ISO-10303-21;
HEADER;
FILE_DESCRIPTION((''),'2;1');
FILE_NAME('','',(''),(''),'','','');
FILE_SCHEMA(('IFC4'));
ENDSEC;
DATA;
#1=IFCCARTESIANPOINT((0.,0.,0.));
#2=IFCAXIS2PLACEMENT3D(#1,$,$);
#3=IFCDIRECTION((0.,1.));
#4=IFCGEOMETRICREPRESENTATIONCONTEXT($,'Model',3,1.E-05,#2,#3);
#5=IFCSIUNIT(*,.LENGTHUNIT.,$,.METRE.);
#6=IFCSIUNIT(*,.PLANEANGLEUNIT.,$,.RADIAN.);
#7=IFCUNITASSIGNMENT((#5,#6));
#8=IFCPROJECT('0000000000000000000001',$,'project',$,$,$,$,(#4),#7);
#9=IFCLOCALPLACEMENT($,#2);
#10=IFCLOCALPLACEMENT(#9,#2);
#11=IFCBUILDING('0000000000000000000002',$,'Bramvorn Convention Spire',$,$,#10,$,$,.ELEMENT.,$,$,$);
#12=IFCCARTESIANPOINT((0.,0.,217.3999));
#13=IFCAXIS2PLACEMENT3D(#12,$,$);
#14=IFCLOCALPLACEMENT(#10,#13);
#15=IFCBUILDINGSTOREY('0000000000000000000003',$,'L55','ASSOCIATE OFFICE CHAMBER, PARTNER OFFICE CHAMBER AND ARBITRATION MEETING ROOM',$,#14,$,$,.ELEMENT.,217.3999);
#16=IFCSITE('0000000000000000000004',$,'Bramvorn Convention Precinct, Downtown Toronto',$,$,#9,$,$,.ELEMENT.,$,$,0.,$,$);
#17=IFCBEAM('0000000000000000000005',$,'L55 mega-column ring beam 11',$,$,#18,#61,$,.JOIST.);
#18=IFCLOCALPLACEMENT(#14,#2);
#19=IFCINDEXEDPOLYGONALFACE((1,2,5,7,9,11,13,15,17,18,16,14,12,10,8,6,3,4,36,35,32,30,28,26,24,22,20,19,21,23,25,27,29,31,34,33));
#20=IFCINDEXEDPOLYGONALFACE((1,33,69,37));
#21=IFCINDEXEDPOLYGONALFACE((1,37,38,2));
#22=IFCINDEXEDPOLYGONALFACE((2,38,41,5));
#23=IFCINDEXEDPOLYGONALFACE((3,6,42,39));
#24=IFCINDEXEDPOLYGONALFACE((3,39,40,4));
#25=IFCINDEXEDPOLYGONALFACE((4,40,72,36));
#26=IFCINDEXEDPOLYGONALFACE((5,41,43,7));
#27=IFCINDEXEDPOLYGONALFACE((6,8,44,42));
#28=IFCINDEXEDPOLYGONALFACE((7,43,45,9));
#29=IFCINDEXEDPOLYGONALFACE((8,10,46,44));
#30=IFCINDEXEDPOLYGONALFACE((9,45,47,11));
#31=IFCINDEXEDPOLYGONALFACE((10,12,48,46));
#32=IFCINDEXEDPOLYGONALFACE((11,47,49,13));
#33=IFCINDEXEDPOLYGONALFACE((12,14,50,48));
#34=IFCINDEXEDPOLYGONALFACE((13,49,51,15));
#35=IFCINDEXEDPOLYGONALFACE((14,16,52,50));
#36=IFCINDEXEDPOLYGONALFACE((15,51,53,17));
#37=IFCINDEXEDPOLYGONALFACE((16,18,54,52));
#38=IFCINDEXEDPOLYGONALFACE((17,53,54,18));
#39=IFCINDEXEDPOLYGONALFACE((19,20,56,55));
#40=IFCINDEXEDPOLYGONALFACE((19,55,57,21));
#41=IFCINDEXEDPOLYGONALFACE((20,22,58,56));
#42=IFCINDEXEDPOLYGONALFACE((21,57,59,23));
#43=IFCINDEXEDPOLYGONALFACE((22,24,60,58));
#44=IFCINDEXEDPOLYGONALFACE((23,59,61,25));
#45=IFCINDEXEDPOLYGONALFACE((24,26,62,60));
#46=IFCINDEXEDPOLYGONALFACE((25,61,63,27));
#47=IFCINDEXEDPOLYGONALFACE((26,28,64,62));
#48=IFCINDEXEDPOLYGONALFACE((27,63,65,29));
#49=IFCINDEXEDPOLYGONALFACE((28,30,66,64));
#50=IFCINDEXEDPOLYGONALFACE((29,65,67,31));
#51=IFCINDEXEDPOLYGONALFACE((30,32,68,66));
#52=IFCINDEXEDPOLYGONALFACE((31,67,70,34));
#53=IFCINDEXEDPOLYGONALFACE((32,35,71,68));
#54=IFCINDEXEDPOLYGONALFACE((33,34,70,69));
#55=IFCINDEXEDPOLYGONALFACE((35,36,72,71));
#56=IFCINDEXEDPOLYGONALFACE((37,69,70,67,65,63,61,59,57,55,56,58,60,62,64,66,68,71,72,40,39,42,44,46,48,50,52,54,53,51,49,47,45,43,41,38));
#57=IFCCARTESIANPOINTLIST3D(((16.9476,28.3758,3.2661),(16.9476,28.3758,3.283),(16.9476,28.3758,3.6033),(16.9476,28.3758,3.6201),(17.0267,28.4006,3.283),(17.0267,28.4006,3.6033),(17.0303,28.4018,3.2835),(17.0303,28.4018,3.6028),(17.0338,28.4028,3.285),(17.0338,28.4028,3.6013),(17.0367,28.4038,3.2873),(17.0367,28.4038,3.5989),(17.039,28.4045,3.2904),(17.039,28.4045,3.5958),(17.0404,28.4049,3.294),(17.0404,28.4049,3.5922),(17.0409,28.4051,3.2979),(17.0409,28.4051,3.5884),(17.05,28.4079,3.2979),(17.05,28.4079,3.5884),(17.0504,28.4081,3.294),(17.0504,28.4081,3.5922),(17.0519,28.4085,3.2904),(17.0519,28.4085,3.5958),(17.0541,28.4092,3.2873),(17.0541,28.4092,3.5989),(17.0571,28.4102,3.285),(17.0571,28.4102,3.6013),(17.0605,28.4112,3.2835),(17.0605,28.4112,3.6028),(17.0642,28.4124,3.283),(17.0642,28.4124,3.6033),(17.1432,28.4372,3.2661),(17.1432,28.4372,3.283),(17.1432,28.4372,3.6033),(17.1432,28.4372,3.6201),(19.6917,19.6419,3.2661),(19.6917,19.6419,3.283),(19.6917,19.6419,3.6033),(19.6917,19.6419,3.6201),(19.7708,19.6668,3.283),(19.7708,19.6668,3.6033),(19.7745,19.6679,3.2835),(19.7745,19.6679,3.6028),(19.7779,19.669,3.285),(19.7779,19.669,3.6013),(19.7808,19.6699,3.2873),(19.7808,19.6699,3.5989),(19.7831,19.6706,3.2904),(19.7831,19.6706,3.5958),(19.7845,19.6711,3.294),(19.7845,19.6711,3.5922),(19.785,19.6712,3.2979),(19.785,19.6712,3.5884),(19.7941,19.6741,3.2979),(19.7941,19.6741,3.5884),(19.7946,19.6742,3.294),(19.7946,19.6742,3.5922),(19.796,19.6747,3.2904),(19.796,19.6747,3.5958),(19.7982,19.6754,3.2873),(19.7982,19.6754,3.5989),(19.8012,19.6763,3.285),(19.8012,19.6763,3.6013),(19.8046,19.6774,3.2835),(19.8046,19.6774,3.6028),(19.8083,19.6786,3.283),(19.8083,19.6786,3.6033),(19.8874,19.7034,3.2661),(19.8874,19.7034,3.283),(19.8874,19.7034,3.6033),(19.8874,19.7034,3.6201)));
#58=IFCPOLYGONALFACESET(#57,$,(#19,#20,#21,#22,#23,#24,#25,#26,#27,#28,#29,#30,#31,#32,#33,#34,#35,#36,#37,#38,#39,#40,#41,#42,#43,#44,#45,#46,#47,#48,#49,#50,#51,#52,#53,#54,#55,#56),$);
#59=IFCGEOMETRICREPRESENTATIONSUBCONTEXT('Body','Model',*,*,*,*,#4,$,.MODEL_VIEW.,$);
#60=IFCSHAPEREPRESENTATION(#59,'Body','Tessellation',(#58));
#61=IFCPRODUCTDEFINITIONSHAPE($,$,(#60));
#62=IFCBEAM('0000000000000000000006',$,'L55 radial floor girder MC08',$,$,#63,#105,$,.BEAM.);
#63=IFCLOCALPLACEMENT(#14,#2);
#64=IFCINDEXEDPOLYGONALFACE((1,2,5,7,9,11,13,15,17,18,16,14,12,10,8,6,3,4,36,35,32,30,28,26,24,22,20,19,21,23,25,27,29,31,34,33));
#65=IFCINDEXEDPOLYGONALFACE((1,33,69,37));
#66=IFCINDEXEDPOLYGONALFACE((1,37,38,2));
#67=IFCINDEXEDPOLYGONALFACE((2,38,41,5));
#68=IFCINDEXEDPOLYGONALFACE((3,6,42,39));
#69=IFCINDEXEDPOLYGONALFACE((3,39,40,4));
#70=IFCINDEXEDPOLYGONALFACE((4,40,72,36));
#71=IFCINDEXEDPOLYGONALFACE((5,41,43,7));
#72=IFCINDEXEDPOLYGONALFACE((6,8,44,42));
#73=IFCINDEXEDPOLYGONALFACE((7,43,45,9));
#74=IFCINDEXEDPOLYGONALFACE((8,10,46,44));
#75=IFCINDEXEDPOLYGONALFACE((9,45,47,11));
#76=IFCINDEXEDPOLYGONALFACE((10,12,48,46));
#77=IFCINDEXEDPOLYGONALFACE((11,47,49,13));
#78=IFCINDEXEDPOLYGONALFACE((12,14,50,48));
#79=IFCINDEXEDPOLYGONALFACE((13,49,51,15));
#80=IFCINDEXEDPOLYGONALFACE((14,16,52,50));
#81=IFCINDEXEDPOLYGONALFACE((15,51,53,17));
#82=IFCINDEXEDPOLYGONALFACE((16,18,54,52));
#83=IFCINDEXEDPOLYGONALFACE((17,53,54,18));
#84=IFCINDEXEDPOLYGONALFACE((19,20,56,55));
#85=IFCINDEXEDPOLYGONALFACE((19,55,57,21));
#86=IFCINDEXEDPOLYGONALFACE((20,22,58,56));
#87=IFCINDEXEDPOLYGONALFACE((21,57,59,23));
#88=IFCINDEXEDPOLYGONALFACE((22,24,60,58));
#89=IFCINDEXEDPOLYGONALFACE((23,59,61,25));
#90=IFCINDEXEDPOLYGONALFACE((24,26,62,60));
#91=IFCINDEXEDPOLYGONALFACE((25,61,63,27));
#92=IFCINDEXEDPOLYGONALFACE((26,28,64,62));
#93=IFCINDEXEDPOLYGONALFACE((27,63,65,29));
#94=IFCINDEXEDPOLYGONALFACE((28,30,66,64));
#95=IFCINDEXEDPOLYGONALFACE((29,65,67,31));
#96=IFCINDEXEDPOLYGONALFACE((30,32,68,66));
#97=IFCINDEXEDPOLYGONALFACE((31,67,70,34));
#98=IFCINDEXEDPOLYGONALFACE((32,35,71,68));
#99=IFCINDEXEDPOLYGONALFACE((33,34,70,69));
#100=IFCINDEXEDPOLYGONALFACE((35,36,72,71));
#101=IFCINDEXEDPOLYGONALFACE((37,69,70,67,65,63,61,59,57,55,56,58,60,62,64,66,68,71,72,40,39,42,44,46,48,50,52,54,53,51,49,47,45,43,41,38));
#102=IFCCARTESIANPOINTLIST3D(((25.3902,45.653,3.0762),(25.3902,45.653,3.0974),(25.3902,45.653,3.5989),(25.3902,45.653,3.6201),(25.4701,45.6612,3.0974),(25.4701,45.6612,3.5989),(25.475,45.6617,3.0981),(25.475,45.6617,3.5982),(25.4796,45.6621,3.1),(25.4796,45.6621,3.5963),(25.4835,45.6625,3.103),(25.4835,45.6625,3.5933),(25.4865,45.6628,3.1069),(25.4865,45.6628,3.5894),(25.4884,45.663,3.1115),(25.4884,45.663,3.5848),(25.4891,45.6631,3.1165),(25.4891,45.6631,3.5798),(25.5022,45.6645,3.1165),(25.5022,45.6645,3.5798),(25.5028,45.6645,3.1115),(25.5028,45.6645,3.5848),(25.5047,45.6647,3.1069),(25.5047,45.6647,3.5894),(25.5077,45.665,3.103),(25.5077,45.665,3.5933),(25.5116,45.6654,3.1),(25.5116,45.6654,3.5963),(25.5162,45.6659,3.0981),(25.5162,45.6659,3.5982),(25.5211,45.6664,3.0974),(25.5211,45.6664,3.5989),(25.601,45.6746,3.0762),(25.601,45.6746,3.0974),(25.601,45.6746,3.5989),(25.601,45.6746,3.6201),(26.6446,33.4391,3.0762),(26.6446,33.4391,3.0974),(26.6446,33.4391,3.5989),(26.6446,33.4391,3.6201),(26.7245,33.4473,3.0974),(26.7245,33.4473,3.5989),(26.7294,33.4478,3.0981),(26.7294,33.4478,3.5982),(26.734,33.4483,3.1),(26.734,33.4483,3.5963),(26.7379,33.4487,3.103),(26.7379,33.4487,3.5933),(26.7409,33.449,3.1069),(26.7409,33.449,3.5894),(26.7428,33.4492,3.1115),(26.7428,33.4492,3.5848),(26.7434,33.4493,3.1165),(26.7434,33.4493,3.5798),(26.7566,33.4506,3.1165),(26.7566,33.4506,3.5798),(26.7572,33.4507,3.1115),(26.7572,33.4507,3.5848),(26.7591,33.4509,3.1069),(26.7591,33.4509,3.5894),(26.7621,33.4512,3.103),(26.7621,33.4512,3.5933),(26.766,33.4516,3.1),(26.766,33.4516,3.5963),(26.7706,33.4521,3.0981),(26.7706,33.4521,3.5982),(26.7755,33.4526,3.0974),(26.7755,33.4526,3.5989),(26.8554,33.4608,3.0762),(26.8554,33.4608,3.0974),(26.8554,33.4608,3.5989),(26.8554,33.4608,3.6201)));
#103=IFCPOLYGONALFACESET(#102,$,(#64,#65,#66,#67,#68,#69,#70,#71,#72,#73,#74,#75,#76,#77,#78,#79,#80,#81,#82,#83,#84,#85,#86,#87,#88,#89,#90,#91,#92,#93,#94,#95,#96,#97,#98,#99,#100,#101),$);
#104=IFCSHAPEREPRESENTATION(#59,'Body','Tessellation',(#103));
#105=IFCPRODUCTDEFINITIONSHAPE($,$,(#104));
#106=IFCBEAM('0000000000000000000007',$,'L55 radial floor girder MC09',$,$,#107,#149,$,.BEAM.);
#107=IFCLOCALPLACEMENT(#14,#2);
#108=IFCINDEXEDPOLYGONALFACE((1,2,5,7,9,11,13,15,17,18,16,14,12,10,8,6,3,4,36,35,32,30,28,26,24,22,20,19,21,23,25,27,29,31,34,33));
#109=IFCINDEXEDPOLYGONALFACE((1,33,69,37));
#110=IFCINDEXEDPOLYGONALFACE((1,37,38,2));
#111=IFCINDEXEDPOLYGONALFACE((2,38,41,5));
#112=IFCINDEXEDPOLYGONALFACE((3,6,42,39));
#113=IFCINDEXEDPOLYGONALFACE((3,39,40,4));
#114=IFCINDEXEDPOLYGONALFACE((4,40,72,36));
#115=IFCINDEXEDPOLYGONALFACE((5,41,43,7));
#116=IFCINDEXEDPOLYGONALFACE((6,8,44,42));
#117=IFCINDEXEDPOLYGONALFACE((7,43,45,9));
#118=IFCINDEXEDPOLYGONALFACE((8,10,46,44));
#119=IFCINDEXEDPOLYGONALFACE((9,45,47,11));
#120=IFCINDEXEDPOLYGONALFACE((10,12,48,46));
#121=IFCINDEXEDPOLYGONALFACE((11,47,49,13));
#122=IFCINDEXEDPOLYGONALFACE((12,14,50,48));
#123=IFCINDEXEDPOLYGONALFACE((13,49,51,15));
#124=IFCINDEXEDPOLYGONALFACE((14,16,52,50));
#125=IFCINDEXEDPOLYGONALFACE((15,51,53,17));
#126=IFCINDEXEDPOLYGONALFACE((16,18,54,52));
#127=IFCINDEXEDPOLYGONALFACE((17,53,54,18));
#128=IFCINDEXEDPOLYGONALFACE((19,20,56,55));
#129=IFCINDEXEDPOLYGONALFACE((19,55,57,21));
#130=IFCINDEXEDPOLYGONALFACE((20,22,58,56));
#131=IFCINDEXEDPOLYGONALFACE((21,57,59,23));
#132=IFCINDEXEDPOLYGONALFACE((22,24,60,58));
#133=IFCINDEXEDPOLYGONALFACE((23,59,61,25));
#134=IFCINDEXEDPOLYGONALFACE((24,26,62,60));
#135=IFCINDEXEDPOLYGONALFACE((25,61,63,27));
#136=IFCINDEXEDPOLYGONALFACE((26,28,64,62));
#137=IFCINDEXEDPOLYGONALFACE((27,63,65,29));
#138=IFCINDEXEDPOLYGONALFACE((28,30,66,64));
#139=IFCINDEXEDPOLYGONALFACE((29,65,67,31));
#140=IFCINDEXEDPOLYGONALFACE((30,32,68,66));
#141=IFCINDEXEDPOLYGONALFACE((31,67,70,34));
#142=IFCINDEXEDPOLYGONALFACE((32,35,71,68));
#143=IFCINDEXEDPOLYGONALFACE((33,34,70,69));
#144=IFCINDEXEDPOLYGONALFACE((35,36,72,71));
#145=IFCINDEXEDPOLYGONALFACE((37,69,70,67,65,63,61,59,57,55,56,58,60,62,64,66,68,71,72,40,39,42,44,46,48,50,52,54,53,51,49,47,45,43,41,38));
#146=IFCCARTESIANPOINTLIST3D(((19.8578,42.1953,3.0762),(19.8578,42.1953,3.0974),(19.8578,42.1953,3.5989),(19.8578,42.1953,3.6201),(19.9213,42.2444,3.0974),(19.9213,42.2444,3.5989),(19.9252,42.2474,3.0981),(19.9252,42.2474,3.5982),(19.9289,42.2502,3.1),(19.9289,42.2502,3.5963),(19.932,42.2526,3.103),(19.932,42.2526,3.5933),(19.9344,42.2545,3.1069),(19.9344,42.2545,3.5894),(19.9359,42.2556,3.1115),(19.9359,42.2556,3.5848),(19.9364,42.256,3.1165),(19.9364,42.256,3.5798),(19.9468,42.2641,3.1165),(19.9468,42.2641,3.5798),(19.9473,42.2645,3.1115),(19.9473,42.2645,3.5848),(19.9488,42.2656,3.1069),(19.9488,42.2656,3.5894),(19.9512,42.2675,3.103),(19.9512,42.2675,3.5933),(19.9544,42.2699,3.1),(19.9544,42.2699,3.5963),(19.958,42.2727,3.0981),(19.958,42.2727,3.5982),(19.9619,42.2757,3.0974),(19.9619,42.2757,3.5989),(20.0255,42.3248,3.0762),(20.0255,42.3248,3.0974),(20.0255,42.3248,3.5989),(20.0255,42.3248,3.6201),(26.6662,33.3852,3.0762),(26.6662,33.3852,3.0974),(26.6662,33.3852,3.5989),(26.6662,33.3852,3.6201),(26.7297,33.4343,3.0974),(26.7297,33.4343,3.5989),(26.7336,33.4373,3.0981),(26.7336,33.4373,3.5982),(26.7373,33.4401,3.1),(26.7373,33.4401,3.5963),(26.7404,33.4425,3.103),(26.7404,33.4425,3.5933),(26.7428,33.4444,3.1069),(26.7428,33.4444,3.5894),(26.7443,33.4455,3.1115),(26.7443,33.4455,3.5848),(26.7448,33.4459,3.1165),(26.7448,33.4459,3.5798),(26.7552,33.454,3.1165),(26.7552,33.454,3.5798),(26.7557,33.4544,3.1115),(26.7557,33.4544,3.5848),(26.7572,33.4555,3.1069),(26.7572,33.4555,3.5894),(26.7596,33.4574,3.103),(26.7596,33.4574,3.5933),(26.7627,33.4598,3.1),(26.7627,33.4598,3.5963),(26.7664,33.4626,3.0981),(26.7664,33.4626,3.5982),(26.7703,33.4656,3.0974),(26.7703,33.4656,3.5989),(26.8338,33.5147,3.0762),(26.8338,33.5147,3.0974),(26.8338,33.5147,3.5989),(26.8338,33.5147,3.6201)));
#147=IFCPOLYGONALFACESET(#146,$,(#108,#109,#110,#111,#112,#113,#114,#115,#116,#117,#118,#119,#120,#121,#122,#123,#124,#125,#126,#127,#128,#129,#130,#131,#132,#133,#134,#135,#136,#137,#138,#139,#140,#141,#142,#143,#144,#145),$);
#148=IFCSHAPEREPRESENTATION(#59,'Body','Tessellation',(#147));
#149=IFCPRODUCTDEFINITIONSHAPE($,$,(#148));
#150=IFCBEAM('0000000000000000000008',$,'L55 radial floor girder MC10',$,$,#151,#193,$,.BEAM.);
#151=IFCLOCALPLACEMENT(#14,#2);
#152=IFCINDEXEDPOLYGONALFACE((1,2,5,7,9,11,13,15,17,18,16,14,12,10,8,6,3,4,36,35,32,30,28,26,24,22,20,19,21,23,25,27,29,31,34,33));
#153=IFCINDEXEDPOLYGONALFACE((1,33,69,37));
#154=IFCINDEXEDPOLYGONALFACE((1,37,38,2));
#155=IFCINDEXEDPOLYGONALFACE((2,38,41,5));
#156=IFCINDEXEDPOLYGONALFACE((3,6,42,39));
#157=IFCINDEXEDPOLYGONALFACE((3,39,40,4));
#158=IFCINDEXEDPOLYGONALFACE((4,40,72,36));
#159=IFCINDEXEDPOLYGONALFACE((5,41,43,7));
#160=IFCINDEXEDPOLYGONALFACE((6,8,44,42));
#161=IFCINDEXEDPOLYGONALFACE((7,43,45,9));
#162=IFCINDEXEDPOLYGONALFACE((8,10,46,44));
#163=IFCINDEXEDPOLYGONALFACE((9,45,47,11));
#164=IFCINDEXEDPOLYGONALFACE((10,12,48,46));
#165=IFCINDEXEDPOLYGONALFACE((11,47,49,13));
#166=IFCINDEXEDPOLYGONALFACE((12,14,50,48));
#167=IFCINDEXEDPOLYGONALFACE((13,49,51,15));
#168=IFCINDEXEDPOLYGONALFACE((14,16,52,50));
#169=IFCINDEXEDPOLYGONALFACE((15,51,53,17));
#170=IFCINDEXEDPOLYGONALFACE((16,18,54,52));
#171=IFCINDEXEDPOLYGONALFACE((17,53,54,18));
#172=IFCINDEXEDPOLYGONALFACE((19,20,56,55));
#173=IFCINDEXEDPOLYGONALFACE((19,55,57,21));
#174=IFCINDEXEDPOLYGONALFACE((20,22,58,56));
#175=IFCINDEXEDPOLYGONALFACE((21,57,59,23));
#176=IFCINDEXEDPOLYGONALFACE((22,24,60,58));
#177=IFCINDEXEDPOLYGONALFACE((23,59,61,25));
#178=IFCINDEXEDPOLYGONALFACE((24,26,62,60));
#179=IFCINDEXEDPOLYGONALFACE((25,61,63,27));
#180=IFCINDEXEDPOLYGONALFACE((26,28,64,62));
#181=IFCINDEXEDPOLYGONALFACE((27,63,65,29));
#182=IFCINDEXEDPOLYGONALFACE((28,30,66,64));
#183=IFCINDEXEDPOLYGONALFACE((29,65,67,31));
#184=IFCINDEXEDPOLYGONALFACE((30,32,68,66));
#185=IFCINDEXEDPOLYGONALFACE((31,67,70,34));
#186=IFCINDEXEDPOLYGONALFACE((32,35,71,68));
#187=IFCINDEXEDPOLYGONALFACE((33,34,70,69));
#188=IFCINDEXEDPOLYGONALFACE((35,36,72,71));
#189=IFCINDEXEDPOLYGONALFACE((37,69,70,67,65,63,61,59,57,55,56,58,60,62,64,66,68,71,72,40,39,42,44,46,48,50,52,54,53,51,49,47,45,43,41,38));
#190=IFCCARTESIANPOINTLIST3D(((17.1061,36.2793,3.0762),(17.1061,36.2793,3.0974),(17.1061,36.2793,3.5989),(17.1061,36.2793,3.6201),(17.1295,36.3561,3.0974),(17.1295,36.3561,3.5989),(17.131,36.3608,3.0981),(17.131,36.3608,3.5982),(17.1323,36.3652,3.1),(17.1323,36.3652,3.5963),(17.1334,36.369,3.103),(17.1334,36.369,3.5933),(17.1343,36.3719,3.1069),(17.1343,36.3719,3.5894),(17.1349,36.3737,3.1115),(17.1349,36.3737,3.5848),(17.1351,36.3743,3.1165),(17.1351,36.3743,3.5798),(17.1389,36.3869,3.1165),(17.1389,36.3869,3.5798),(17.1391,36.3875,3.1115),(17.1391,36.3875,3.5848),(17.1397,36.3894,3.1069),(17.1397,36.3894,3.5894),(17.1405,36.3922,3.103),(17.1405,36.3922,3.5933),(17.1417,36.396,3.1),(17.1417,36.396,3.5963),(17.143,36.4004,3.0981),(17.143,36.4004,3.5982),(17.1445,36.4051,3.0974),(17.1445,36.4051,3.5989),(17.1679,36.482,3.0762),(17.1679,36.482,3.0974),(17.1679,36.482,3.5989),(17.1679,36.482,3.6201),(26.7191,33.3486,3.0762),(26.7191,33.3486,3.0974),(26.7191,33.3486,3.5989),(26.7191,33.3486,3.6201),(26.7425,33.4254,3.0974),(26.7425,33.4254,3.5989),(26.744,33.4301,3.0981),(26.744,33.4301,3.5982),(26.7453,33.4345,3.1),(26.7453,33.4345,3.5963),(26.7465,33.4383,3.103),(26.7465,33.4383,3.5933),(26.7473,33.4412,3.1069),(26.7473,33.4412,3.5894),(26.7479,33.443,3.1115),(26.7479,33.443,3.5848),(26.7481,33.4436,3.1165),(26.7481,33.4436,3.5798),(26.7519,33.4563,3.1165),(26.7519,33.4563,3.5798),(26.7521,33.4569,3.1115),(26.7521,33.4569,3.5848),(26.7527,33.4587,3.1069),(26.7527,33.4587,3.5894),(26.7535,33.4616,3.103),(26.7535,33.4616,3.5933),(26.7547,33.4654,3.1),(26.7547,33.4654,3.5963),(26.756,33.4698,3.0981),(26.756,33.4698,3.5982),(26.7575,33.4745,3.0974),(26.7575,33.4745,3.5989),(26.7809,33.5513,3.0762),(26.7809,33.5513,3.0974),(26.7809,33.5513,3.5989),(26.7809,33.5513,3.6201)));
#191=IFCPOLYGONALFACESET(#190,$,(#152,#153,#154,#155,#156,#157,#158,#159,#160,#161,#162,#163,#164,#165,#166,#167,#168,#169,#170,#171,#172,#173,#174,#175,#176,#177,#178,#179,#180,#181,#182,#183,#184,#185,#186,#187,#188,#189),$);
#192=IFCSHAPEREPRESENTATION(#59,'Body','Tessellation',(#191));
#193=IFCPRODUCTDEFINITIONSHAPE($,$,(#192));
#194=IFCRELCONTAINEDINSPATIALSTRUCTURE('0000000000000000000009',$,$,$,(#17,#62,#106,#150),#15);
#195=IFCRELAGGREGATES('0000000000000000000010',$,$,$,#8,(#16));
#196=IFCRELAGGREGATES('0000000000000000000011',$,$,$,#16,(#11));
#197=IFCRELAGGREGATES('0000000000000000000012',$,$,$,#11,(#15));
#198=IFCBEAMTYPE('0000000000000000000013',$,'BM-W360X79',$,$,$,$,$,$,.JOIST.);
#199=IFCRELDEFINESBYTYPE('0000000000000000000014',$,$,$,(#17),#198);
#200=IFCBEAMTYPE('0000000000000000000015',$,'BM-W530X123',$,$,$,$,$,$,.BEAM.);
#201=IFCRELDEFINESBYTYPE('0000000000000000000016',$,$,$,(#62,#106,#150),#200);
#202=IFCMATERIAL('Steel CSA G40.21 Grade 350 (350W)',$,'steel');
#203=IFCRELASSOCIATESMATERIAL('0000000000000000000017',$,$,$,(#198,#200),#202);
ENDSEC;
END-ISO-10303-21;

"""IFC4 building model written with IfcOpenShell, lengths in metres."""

from ifc_helpers import new_model, si_unit, direction, frame, origin, origin_2d, place, context, subcontext, project, spatial, i_section, extrude, material, material_profile, profile_set, type_object, element, save


model = new_model("IFC4")

# Units and contexts
model_context = context("Model", 3, precision=1e-05, world=origin(), true_north=direction((0.0, 1.0)))
body_context = subcontext(model_context, "Body", "Model", "MODEL_VIEW")
ifc_project = project(units=[si_unit("LENGTHUNIT", "METRE"), si_unit("PLANEANGLEUNIT", "RADIAN")], contexts=[model_context])

# Site, building, storey
site_placement = place(None, origin())
site = spatial("IfcSite", under=ifc_project, at=site_placement, Name="Bramvorn Convention Precinct, Downtown Toronto", CompositionType="ELEMENT", RefElevation=0.0)
building_placement = place(site_placement, origin())
building = spatial("IfcBuilding", under=site, at=building_placement, Name="Bramvorn Convention Spire", CompositionType="ELEMENT")
storey_placement = place(building_placement, frame((0.0, 0.0, 217.3999)))
storey = spatial("IfcBuildingStorey", under=building, at=storey_placement, Name="L55", Description="ASSOCIATE OFFICE CHAMBER, PARTNER OFFICE CHAMBER AND ARBITRATION MEETING ROOM", CompositionType="ELEMENT", Elevation=217.3999)

# Shared definitions
ifc_material_1 = material(Name="Steel CSA G40.21 Grade 350 (350W)", Category="steel")

# Beams
ifc_material_profile_1 = material_profile(ifc_material_1, i_section(OverallWidth=0.2051, OverallDepth=0.354, WebThickness=0.0095, FlangeThickness=0.0168, FilletRadius=0.0149, at=origin_2d()))
ifc_profile_set_1 = profile_set([ifc_material_profile_1], Name="Steel CSA G40.21 Grade 350 (350W) - W360X79")
beam_type_1 = type_object("IfcBeamType", Name="BM-W360X79", PredefinedType="JOIST", material=ifc_profile_set_1)
beam_1_placement = place(storey_placement, frame((17.0454, 28.4065, 3.4431), z_axis=(0.299748, -0.954019, 0.0), x_axis=(0.954019, 0.299748, 0.0)))
element("IfcBeam", 1, at=beam_1_placement, inside=storey, type_object=beam_type_1, Name="L55 mega-column ring beam 11", PredefinedType="JOIST", context=body_context, shape_type="SweptSolid", body=[
    extrude(i_section(OverallWidth=0.2051, OverallDepth=0.354, WebThickness=0.0095, FlangeThickness=0.0168, FilletRadius=0.0149, at=origin_2d()), origin(), (0.0, 0.0, 1.0), 9.1548),
])
ifc_material_profile_2 = material_profile(ifc_material_1, i_section(OverallWidth=0.2119, OverallDepth=0.5439, WebThickness=0.0132, FlangeThickness=0.0212, FilletRadius=0.019, at=origin_2d()))
ifc_profile_set_2 = profile_set([ifc_material_profile_2], Name="Steel CSA G40.21 Grade 350 (350W) - W530X123")
beam_type_2 = type_object("IfcBeamType", Name="BM-W530X123", PredefinedType="BEAM", material=ifc_profile_set_2)
beam_2_placement = place(storey_placement, frame((26.75, 33.45, 3.3481), z_axis=(-0.102165, 0.994767, 0.0), x_axis=(-0.994767, -0.102165, 0.0)))
element("IfcBeam", 2, at=beam_2_placement, inside=storey, type_object=beam_type_2, Name="L55 radial floor girder MC08", PredefinedType="BEAM", context=body_context, shape_type="SweptSolid", body=[
    extrude(i_section(OverallWidth=0.2119, OverallDepth=0.5439, WebThickness=0.0132, FlangeThickness=0.0212, FilletRadius=0.019, at=origin_2d()), origin(), (0.0, 0.0, 1.0), 12.2781),
])
beam_3_placement = place(storey_placement, frame((26.75, 33.45, 3.3481), z_axis=(-0.61148, 0.79126, 0.0), x_axis=(-0.79126, -0.61148, 0.0)))
element("IfcBeam", 3, at=beam_3_placement, inside=storey, type_object=beam_type_2, Name="L55 radial floor girder MC09", PredefinedType="BEAM", context=body_context, shape_type="SweptSolid", body=[
    extrude(i_section(OverallWidth=0.2119, OverallDepth=0.5439, WebThickness=0.0132, FlangeThickness=0.0212, FilletRadius=0.019, at=origin_2d()), origin(), (0.0, 0.0, 1.0), 11.1343),
])
beam_4_placement = place(storey_placement, frame((26.75, 33.45, 3.3481), z_axis=(-0.956536, 0.291613, 0.0), x_axis=(-0.291613, -0.956536, 0.0)))
element("IfcBeam", 4, at=beam_4_placement, inside=storey, type_object=beam_type_2, Name="L55 radial floor girder MC10", PredefinedType="BEAM", context=body_context, shape_type="SweptSolid", body=[
    extrude(i_section(OverallWidth=0.2119, OverallDepth=0.5439, WebThickness=0.0132, FlangeThickness=0.0212, FilletRadius=0.019, at=origin_2d()), origin(), (0.0, 0.0, 1.0), 10.0498),
])

save(model, "model.ifc")
